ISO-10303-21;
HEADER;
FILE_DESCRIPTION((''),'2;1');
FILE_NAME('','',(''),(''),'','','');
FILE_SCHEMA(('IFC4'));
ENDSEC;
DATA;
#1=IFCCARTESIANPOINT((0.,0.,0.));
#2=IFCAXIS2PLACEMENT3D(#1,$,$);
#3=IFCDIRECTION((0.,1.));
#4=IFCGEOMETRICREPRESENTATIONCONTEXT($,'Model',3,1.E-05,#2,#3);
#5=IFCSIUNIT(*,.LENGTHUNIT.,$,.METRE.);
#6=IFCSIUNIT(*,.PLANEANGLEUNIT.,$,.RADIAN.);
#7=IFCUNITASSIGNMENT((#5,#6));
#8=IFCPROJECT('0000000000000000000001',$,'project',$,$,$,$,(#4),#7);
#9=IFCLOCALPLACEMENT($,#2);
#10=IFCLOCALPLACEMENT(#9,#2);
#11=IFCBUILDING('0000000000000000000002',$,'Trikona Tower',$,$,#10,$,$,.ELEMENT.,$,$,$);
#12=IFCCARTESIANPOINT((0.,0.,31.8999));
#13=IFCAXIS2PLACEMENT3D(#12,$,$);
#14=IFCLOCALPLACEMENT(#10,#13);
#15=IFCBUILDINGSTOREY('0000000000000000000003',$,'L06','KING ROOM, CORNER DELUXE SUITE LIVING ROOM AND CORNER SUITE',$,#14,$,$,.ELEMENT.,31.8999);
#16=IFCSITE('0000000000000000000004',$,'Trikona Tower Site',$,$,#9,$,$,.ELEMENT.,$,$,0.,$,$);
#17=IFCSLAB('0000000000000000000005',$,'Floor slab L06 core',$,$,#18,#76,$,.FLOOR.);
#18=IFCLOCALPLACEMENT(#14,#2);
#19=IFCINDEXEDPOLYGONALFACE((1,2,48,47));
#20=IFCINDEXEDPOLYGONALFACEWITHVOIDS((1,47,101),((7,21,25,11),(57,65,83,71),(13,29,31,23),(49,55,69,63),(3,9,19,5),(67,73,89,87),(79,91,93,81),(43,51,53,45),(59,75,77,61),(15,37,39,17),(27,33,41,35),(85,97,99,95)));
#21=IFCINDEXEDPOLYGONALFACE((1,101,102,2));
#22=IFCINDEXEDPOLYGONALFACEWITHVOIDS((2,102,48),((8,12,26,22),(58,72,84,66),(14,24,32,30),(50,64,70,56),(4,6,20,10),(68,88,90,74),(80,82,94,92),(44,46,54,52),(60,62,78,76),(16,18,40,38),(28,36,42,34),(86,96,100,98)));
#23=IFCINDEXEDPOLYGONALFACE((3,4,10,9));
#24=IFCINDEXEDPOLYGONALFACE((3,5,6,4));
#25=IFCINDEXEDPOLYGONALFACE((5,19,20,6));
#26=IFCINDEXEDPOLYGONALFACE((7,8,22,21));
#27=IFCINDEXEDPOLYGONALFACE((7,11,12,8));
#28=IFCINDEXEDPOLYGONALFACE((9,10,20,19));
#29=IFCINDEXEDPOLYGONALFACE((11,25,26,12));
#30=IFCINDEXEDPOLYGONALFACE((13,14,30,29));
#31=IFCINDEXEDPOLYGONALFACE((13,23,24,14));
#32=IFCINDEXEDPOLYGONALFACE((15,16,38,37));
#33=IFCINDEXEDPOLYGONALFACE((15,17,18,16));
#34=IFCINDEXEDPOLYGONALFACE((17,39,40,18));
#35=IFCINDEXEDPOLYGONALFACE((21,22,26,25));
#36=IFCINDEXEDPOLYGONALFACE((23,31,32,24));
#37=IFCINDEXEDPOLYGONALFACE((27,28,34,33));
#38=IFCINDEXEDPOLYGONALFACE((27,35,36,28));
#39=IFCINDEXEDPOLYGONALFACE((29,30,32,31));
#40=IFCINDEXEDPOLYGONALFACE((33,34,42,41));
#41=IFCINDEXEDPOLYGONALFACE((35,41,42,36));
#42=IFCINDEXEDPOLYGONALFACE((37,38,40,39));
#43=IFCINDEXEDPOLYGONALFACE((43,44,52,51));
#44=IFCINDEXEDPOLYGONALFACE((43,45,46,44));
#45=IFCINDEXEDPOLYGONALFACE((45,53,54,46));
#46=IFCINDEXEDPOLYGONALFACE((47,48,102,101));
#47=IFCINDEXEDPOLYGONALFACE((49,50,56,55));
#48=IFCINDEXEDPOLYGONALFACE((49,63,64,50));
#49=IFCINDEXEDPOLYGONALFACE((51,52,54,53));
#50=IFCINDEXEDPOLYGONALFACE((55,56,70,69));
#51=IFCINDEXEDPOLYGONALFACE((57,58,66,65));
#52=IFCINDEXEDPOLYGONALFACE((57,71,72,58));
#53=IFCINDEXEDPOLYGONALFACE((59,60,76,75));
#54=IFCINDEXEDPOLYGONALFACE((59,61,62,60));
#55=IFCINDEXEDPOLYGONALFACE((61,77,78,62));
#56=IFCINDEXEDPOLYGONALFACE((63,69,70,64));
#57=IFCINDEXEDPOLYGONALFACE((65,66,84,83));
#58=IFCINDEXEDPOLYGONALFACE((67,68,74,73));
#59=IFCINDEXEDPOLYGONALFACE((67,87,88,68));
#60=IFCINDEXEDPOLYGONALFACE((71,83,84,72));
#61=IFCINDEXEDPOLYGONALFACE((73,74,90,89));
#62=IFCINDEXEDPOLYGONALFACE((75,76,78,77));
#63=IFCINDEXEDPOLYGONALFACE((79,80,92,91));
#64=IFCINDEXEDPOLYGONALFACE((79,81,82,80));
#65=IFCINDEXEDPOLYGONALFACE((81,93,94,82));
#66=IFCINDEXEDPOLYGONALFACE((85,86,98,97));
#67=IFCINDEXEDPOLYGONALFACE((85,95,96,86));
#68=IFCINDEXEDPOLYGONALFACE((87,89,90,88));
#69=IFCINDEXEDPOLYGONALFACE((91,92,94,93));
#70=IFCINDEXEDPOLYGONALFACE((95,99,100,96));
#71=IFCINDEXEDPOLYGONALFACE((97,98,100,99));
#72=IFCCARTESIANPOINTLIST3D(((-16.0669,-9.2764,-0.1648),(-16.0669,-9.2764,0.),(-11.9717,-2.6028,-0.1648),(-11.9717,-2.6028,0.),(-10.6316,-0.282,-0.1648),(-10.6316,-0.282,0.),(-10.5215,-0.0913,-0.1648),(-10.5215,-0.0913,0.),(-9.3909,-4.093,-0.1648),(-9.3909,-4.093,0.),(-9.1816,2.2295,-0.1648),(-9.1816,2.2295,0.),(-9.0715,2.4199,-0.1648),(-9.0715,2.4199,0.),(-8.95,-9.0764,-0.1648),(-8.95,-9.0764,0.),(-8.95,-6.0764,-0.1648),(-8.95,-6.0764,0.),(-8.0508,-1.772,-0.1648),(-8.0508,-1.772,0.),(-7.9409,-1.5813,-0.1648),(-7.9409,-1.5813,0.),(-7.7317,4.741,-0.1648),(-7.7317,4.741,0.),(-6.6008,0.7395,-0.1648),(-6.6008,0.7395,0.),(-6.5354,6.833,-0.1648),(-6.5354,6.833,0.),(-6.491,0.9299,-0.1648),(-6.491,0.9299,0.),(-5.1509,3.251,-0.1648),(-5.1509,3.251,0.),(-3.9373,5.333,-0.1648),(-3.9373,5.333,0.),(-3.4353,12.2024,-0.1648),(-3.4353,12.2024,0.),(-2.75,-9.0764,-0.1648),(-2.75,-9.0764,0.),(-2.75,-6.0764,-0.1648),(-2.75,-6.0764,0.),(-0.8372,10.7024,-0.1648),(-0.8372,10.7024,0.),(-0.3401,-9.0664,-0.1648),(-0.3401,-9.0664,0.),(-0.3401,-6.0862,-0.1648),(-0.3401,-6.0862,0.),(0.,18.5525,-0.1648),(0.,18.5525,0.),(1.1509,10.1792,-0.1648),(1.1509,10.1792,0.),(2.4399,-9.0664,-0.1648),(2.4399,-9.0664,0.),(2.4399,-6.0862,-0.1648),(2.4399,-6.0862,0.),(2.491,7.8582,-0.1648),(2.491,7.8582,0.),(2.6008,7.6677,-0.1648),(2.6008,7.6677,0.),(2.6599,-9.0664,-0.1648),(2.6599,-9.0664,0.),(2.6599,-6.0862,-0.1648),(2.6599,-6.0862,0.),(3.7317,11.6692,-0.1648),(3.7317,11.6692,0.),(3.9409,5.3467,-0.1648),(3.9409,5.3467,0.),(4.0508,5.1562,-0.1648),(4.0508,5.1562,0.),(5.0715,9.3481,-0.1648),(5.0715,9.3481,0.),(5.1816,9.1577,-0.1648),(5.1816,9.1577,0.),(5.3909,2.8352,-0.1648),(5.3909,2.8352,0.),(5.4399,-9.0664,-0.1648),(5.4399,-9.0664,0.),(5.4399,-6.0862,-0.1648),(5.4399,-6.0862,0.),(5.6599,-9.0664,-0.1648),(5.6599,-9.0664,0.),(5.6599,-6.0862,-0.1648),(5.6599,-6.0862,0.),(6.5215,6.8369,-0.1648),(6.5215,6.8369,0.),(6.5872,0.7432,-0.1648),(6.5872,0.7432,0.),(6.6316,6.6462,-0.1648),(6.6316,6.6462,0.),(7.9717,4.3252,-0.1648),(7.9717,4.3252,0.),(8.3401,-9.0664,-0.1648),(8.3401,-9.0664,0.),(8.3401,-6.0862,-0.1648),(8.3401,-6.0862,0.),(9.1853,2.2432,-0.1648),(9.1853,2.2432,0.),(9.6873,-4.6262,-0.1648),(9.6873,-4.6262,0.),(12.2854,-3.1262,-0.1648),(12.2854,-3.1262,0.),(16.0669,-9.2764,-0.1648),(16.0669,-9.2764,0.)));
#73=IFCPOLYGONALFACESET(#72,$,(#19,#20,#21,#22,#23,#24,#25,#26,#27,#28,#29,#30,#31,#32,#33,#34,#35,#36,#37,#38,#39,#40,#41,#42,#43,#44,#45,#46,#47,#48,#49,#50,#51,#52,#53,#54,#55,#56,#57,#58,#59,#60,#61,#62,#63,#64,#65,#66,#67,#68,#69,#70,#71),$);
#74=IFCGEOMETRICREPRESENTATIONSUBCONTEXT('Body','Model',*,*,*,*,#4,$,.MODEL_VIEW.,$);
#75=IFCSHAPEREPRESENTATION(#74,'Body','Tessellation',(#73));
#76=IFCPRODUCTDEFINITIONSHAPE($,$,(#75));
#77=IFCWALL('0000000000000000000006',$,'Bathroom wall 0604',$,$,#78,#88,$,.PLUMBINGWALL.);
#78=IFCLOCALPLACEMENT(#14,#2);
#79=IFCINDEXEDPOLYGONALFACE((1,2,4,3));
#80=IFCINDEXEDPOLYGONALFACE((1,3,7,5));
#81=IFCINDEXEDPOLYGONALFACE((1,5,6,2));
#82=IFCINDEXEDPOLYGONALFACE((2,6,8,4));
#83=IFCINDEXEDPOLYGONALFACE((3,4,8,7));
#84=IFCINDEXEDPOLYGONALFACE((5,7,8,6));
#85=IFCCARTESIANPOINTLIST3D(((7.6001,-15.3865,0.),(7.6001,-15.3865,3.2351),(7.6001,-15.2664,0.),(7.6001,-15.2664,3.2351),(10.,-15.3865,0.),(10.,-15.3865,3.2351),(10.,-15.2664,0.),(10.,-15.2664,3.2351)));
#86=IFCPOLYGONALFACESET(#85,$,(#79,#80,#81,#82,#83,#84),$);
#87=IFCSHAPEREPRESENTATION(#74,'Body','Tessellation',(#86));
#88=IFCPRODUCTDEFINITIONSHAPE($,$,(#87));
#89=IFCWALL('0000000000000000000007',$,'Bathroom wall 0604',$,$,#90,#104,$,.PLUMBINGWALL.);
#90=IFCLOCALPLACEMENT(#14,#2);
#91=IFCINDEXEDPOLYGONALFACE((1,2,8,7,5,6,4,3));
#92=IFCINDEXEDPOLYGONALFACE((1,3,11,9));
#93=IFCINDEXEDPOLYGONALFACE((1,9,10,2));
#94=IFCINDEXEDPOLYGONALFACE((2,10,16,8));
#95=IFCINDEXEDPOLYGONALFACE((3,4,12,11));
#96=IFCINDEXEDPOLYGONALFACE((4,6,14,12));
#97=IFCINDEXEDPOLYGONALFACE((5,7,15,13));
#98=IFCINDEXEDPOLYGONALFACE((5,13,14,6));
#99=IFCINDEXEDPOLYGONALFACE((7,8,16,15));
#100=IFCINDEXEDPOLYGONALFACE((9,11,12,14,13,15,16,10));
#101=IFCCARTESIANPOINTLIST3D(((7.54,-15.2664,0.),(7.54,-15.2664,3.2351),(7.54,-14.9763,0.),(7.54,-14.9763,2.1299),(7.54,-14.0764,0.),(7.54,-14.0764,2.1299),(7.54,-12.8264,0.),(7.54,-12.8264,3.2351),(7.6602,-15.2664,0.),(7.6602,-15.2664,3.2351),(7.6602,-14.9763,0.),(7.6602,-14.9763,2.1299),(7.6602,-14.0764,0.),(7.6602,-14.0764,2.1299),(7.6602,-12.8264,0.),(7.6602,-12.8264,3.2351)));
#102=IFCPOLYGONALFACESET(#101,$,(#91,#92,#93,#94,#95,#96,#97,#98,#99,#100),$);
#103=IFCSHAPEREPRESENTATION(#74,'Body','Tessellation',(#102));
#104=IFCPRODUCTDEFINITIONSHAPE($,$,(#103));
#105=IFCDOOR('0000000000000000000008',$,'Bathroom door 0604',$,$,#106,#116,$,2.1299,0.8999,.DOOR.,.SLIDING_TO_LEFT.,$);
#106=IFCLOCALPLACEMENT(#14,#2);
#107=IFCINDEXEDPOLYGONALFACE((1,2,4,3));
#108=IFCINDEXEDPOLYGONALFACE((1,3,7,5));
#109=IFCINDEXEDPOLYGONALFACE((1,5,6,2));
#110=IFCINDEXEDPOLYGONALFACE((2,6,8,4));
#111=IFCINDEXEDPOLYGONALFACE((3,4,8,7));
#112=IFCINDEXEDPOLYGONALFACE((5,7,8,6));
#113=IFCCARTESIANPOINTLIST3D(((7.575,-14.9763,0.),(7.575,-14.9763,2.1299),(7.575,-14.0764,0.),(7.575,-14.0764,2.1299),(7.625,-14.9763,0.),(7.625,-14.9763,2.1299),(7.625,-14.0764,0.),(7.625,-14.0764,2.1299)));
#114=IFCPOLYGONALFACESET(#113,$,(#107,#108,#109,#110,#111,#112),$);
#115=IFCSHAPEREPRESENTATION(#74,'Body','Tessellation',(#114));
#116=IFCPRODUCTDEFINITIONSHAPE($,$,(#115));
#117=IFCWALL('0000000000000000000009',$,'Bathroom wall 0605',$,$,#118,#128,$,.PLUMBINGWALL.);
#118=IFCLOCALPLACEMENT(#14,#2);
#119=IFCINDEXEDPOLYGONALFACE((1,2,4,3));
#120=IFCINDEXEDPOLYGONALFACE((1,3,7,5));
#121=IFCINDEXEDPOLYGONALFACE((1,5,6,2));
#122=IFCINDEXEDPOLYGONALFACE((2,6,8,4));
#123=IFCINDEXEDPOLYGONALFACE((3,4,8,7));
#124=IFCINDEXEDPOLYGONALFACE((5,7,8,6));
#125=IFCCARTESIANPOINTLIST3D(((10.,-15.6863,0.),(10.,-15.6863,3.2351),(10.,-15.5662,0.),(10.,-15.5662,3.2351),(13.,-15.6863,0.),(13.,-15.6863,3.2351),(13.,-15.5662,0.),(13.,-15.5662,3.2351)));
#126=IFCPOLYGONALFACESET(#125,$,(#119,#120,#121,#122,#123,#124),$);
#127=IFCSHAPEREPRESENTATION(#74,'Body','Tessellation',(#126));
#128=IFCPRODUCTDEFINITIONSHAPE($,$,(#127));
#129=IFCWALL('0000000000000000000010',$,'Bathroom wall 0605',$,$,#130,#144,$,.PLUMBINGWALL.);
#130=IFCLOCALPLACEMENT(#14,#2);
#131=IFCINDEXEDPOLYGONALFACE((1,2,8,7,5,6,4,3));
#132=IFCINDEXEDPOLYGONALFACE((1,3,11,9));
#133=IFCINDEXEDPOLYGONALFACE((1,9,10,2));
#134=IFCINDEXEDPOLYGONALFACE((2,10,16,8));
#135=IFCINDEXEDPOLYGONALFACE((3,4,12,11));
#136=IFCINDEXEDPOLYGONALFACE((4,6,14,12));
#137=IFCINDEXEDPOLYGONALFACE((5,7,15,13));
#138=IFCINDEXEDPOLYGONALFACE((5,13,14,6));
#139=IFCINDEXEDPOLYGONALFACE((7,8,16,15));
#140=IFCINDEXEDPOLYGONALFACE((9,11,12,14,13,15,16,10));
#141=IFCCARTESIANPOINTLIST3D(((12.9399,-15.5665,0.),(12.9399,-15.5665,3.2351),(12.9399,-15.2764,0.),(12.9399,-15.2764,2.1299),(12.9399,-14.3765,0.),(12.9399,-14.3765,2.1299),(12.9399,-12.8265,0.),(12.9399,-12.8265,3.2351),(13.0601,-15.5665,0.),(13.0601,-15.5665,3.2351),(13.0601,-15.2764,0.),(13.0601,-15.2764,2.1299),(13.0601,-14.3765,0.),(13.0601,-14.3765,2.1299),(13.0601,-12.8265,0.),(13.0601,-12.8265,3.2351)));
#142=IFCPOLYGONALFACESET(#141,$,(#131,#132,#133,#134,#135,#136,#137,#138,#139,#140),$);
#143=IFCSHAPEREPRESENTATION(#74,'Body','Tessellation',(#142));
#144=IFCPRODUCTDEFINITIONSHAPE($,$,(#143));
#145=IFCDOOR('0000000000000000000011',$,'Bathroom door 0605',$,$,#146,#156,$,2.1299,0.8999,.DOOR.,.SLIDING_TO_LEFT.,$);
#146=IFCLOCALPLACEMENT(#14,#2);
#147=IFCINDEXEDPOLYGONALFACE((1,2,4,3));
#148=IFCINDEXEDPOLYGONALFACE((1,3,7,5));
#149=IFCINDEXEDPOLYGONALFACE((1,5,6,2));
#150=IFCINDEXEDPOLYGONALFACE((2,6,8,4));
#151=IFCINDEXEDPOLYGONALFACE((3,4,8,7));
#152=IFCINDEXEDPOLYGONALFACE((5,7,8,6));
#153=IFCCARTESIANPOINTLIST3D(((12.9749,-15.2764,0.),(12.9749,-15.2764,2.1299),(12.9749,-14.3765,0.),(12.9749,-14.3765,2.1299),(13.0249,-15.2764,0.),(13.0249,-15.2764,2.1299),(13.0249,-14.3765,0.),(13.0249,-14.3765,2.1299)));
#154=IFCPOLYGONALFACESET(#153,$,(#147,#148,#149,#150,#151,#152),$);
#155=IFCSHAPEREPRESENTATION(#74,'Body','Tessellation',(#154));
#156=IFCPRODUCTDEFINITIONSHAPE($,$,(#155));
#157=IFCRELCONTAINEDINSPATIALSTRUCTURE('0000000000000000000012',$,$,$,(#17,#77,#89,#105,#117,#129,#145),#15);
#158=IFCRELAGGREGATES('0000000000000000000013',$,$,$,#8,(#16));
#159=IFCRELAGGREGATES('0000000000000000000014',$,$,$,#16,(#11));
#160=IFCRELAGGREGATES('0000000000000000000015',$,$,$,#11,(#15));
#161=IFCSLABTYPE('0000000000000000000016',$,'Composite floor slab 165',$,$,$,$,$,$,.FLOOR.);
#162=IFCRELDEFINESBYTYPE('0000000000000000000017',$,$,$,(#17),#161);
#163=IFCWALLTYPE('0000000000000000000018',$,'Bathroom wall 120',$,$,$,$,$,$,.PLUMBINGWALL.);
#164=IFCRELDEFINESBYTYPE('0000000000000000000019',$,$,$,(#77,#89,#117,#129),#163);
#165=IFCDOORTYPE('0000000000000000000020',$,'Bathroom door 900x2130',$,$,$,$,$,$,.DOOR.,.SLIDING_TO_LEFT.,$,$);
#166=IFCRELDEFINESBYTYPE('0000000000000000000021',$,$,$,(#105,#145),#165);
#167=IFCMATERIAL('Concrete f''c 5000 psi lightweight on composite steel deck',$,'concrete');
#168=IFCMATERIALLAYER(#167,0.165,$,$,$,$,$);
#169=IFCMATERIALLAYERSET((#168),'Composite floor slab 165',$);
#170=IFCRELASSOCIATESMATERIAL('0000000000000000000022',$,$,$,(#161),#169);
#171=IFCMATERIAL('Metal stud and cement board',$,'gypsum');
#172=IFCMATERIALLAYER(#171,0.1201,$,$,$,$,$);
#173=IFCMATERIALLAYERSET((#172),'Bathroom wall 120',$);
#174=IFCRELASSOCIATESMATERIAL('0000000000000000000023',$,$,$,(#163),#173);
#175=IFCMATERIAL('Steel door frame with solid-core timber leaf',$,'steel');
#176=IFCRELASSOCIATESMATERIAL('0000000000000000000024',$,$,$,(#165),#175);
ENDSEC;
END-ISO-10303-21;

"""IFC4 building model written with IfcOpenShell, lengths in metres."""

from ifc_helpers import new_model, si_unit, direction, frame, frame_2d, origin, place, context, subcontext, project, spatial, polyline, rectangle, outline, extrude, material, layer, layer_set, type_object, element, fill, save


model = new_model("IFC4")

# Units and contexts
model_context = context("Model", 3, precision=1e-05, world=origin(), true_north=direction((0.0, 1.0)))
body_context = subcontext(model_context, "Body", "Model", "MODEL_VIEW")
ifc_project = project(units=[si_unit("LENGTHUNIT", "METRE"), si_unit("PLANEANGLEUNIT", "RADIAN")], contexts=[model_context])

# Site, building, storey
site_placement = place(None, origin())
site = spatial("IfcSite", under=ifc_project, at=site_placement, Name="Trikona Tower Site", CompositionType="ELEMENT", RefElevation=0.0)
building_placement = place(site_placement, origin())
building = spatial("IfcBuilding", under=site, at=building_placement, Name="Trikona Tower", CompositionType="ELEMENT")
storey_placement = place(building_placement, frame((0.0, 0.0, 31.8999)))
storey = spatial("IfcBuildingStorey", under=building, at=storey_placement, Name="L06", Description="KING ROOM, CORNER DELUXE SUITE LIVING ROOM AND CORNER SUITE", CompositionType="ELEMENT", Elevation=31.8999)

# Slab
ifc_material_1 = material(Name="Concrete f'c 5000 psi lightweight on composite steel deck", Category="concrete")
ifc_layer_1 = layer(ifc_material_1, 0.165)
ifc_layer_set_1 = layer_set([ifc_layer_1], Name="Composite floor slab 165")
slab_type = type_object("IfcSlabType", Name="Composite floor slab 165", PredefinedType="FLOOR", material=ifc_layer_set_1)
slab_placement = place(storey_placement, frame((0.0, 0.0, -0.1648)))
element("IfcSlab", 1, at=slab_placement, inside=storey, type_object=slab_type, Name="Floor slab L06 core", PredefinedType="FLOOR", context=body_context, shape_type="SweptSolid", body=[
    extrude(outline(polyline([(-16.0669, -9.2764), (16.0669, -9.2764), (0.0, 18.5525), (-16.0669, -9.2764)]), holes=[polyline([(12.2854, -3.1262), (9.1853, 2.2432), (6.5872, 0.7432), (9.6873, -4.6262), (12.2854, -3.1262)]), polyline([(8.3401, -9.0664), (8.3401, -6.0862), (5.6599, -6.0862), (5.6599, -9.0664), (8.3401, -9.0664)]), polyline([(5.3909, 2.8352), (7.9717, 4.3252), (6.6316, 6.6462), (4.0508, 5.1562), (5.3909, 2.8352)]), polyline([(2.6008, 7.6677), (3.9409, 5.3467), (6.5215, 6.8369), (5.1816, 9.1577), (2.6008, 7.6677)]), polyline([(5.4399, -6.0862), (2.6599, -6.0862), (2.6599, -9.0664), (5.4399, -9.0664), (5.4399, -6.0862)]), polyline([(3.7317, 11.6692), (1.1509, 10.1792), (2.491, 7.8582), (5.0715, 9.3481), (3.7317, 11.6692)]), polyline([(-0.3401, -6.0862), (-0.3401, -9.0664), (2.4399, -9.0664), (2.4399, -6.0862), (-0.3401, -6.0862)]), polyline([(-3.4353, 12.2024), (-6.5354, 6.833), (-3.9373, 5.333), (-0.8372, 10.7024), (-3.4353, 12.2024)]), polyline([(-8.95, -9.0764), (-2.75, -9.0764), (-2.75, -6.0764), (-8.95, -6.0764), (-8.95, -9.0764)]), polyline([(-5.1509, 3.251), (-7.7317, 4.741), (-9.0715, 2.4199), (-6.491, 0.9299), (-5.1509, 3.251)]), polyline([(-7.9409, -1.5813), (-6.6008, 0.7395), (-9.1816, 2.2295), (-10.5215, -0.0913), (-7.9409, -1.5813)]), polyline([(-11.9717, -2.6028), (-9.3909, -4.093), (-8.0508, -1.772), (-10.6316, -0.282), (-11.9717, -2.6028)])]), origin(), (0.0, 0.0, 1.0), 0.1648),
])

# Wall
ifc_material_2 = material(Name="Metal stud and cement board", Category="gypsum")
ifc_layer_2 = layer(ifc_material_2, 0.1201)
ifc_layer_set_2 = layer_set([ifc_layer_2], Name="Bathroom wall 120")
wall_type_1 = type_object("IfcWallType", Name="Bathroom wall 120", PredefinedType="PLUMBINGWALL", material=ifc_layer_set_2)
wall_1_placement = place(storey_placement, frame((7.6001, -15.3264, 0.0), z_axis=(0.0, 0.0, 1.0), x_axis=(1.0, 0.0, 0.0)))
element("IfcWall", 2, at=wall_1_placement, inside=storey, type_object=wall_type_1, Name="Bathroom wall 0604", PredefinedType="PLUMBINGWALL", context=body_context, shape_type="SweptSolid", body=[
    extrude(rectangle(XDim=2.3999, YDim=0.1201, at=frame_2d((1.2, 0.0))), origin(), (0.0, 0.0, 1.0), 3.2351),
])

# Wall, opening, door
wall_2_placement = place(storey_placement, frame((7.6001, -12.8264, 0.0), z_axis=(0.0, 0.0, 1.0), x_axis=(0.0, -1.0, 0.0)))
wall_2 = element("IfcWall", 3, at=wall_2_placement, inside=storey, type_object=wall_type_1, Name="Bathroom wall 0604", PredefinedType="PLUMBINGWALL", context=body_context, shape_type="SweptSolid", body=[
    extrude(rectangle(XDim=2.4399, YDim=0.1201, at=frame_2d((1.22, 0.0))), origin(), (0.0, 0.0, 1.0), 3.2351),
])
opening_1_placement = place(wall_2_placement, frame((1.25, 0.0, 0.0)))
opening_1 = element("IfcOpeningElement", 4, at=opening_1_placement, cuts=wall_2, PredefinedType="OPENING", context=body_context, shape_type="SweptSolid", body=[
    extrude(rectangle(XDim=0.8999, YDim=2.1299, at=frame_2d((0.45, 1.0649))), frame((0.0, 0.0701, 0.0), z_axis=(0.0, -1.0, 0.0), x_axis=(1.0, 0.0, 0.0)), (0.0, 0.0, 1.0), 0.1401),
])
ifc_material_3 = material(Name="Steel door frame with solid-core timber leaf", Category="steel")
door_type = type_object("IfcDoorType", Name="Bathroom door 900x2130", OperationType="SLIDING_TO_LEFT", PredefinedType="DOOR", material=ifc_material_3)
door_1_placement = place(opening_1_placement, origin())
door_1 = element("IfcDoor", 5, at=door_1_placement, inside=storey, type_object=door_type, Name="Bathroom door 0604", OperationType="SLIDING_TO_LEFT", OverallHeight=2.1299, OverallWidth=0.8999, PredefinedType="DOOR", context=body_context, shape_type="SweptSolid", body=[
    extrude(rectangle(XDim=0.8999, YDim=2.1299, at=frame_2d((0.45, 1.0649))), frame((0.0, 0.0249, 0.0), z_axis=(0.0, -1.0, 0.0), x_axis=(1.0, 0.0, 0.0)), (0.0, 0.0, 1.0), 0.05),
])
fill(opening_1, door_1)

# Wall
wall_3_placement = place(storey_placement, frame((10.0, -15.6262, 0.0), z_axis=(0.0, 0.0, 1.0), x_axis=(1.0, 0.0, 0.0)))
element("IfcWall", 6, at=wall_3_placement, inside=storey, type_object=wall_type_1, Name="Bathroom wall 0605", PredefinedType="PLUMBINGWALL", context=body_context, shape_type="SweptSolid", body=[
    extrude(rectangle(XDim=3.0, YDim=0.1201, at=frame_2d((1.5, 0.0))), origin(), (0.0, 0.0, 1.0), 3.2351),
])

# Wall, opening, door
wall_4_placement = place(storey_placement, frame((13.0, -12.8264, 0.0), z_axis=(0.0, 0.0, 1.0), x_axis=(0.0, -1.0, 0.0)))
wall_4 = element("IfcWall", 7, at=wall_4_placement, inside=storey, type_object=wall_type_1, Name="Bathroom wall 0605", PredefinedType="PLUMBINGWALL", context=body_context, shape_type="SweptSolid", body=[
    extrude(rectangle(XDim=2.74, YDim=0.1201, at=frame_2d((1.3701, 0.0))), origin(), (0.0, 0.0, 1.0), 3.2351),
])
opening_2_placement = place(wall_4_placement, frame((1.55, 0.0, 0.0)))
opening_2 = element("IfcOpeningElement", 8, at=opening_2_placement, cuts=wall_4, PredefinedType="OPENING", context=body_context, shape_type="SweptSolid", body=[
    extrude(rectangle(XDim=0.8999, YDim=2.1299, at=frame_2d((0.45, 1.0649))), frame((0.0, 0.0701, 0.0), z_axis=(0.0, -1.0, 0.0), x_axis=(1.0, 0.0, 0.0)), (0.0, 0.0, 1.0), 0.1401),
])
door_2_placement = place(opening_2_placement, origin())
door_2 = element("IfcDoor", 9, at=door_2_placement, inside=storey, type_object=door_type, Name="Bathroom door 0605", OperationType="SLIDING_TO_LEFT", OverallHeight=2.1299, OverallWidth=0.8999, PredefinedType="DOOR", context=body_context, shape_type="SweptSolid", body=[
    extrude(rectangle(XDim=0.8999, YDim=2.1299, at=frame_2d((0.45, 1.0649))), frame((0.0, 0.0249, 0.0), z_axis=(0.0, -1.0, 0.0), x_axis=(1.0, 0.0, 0.0)), (0.0, 0.0, 1.0), 0.05),
])
fill(opening_2, door_2)

save(model, "model.ifc")
